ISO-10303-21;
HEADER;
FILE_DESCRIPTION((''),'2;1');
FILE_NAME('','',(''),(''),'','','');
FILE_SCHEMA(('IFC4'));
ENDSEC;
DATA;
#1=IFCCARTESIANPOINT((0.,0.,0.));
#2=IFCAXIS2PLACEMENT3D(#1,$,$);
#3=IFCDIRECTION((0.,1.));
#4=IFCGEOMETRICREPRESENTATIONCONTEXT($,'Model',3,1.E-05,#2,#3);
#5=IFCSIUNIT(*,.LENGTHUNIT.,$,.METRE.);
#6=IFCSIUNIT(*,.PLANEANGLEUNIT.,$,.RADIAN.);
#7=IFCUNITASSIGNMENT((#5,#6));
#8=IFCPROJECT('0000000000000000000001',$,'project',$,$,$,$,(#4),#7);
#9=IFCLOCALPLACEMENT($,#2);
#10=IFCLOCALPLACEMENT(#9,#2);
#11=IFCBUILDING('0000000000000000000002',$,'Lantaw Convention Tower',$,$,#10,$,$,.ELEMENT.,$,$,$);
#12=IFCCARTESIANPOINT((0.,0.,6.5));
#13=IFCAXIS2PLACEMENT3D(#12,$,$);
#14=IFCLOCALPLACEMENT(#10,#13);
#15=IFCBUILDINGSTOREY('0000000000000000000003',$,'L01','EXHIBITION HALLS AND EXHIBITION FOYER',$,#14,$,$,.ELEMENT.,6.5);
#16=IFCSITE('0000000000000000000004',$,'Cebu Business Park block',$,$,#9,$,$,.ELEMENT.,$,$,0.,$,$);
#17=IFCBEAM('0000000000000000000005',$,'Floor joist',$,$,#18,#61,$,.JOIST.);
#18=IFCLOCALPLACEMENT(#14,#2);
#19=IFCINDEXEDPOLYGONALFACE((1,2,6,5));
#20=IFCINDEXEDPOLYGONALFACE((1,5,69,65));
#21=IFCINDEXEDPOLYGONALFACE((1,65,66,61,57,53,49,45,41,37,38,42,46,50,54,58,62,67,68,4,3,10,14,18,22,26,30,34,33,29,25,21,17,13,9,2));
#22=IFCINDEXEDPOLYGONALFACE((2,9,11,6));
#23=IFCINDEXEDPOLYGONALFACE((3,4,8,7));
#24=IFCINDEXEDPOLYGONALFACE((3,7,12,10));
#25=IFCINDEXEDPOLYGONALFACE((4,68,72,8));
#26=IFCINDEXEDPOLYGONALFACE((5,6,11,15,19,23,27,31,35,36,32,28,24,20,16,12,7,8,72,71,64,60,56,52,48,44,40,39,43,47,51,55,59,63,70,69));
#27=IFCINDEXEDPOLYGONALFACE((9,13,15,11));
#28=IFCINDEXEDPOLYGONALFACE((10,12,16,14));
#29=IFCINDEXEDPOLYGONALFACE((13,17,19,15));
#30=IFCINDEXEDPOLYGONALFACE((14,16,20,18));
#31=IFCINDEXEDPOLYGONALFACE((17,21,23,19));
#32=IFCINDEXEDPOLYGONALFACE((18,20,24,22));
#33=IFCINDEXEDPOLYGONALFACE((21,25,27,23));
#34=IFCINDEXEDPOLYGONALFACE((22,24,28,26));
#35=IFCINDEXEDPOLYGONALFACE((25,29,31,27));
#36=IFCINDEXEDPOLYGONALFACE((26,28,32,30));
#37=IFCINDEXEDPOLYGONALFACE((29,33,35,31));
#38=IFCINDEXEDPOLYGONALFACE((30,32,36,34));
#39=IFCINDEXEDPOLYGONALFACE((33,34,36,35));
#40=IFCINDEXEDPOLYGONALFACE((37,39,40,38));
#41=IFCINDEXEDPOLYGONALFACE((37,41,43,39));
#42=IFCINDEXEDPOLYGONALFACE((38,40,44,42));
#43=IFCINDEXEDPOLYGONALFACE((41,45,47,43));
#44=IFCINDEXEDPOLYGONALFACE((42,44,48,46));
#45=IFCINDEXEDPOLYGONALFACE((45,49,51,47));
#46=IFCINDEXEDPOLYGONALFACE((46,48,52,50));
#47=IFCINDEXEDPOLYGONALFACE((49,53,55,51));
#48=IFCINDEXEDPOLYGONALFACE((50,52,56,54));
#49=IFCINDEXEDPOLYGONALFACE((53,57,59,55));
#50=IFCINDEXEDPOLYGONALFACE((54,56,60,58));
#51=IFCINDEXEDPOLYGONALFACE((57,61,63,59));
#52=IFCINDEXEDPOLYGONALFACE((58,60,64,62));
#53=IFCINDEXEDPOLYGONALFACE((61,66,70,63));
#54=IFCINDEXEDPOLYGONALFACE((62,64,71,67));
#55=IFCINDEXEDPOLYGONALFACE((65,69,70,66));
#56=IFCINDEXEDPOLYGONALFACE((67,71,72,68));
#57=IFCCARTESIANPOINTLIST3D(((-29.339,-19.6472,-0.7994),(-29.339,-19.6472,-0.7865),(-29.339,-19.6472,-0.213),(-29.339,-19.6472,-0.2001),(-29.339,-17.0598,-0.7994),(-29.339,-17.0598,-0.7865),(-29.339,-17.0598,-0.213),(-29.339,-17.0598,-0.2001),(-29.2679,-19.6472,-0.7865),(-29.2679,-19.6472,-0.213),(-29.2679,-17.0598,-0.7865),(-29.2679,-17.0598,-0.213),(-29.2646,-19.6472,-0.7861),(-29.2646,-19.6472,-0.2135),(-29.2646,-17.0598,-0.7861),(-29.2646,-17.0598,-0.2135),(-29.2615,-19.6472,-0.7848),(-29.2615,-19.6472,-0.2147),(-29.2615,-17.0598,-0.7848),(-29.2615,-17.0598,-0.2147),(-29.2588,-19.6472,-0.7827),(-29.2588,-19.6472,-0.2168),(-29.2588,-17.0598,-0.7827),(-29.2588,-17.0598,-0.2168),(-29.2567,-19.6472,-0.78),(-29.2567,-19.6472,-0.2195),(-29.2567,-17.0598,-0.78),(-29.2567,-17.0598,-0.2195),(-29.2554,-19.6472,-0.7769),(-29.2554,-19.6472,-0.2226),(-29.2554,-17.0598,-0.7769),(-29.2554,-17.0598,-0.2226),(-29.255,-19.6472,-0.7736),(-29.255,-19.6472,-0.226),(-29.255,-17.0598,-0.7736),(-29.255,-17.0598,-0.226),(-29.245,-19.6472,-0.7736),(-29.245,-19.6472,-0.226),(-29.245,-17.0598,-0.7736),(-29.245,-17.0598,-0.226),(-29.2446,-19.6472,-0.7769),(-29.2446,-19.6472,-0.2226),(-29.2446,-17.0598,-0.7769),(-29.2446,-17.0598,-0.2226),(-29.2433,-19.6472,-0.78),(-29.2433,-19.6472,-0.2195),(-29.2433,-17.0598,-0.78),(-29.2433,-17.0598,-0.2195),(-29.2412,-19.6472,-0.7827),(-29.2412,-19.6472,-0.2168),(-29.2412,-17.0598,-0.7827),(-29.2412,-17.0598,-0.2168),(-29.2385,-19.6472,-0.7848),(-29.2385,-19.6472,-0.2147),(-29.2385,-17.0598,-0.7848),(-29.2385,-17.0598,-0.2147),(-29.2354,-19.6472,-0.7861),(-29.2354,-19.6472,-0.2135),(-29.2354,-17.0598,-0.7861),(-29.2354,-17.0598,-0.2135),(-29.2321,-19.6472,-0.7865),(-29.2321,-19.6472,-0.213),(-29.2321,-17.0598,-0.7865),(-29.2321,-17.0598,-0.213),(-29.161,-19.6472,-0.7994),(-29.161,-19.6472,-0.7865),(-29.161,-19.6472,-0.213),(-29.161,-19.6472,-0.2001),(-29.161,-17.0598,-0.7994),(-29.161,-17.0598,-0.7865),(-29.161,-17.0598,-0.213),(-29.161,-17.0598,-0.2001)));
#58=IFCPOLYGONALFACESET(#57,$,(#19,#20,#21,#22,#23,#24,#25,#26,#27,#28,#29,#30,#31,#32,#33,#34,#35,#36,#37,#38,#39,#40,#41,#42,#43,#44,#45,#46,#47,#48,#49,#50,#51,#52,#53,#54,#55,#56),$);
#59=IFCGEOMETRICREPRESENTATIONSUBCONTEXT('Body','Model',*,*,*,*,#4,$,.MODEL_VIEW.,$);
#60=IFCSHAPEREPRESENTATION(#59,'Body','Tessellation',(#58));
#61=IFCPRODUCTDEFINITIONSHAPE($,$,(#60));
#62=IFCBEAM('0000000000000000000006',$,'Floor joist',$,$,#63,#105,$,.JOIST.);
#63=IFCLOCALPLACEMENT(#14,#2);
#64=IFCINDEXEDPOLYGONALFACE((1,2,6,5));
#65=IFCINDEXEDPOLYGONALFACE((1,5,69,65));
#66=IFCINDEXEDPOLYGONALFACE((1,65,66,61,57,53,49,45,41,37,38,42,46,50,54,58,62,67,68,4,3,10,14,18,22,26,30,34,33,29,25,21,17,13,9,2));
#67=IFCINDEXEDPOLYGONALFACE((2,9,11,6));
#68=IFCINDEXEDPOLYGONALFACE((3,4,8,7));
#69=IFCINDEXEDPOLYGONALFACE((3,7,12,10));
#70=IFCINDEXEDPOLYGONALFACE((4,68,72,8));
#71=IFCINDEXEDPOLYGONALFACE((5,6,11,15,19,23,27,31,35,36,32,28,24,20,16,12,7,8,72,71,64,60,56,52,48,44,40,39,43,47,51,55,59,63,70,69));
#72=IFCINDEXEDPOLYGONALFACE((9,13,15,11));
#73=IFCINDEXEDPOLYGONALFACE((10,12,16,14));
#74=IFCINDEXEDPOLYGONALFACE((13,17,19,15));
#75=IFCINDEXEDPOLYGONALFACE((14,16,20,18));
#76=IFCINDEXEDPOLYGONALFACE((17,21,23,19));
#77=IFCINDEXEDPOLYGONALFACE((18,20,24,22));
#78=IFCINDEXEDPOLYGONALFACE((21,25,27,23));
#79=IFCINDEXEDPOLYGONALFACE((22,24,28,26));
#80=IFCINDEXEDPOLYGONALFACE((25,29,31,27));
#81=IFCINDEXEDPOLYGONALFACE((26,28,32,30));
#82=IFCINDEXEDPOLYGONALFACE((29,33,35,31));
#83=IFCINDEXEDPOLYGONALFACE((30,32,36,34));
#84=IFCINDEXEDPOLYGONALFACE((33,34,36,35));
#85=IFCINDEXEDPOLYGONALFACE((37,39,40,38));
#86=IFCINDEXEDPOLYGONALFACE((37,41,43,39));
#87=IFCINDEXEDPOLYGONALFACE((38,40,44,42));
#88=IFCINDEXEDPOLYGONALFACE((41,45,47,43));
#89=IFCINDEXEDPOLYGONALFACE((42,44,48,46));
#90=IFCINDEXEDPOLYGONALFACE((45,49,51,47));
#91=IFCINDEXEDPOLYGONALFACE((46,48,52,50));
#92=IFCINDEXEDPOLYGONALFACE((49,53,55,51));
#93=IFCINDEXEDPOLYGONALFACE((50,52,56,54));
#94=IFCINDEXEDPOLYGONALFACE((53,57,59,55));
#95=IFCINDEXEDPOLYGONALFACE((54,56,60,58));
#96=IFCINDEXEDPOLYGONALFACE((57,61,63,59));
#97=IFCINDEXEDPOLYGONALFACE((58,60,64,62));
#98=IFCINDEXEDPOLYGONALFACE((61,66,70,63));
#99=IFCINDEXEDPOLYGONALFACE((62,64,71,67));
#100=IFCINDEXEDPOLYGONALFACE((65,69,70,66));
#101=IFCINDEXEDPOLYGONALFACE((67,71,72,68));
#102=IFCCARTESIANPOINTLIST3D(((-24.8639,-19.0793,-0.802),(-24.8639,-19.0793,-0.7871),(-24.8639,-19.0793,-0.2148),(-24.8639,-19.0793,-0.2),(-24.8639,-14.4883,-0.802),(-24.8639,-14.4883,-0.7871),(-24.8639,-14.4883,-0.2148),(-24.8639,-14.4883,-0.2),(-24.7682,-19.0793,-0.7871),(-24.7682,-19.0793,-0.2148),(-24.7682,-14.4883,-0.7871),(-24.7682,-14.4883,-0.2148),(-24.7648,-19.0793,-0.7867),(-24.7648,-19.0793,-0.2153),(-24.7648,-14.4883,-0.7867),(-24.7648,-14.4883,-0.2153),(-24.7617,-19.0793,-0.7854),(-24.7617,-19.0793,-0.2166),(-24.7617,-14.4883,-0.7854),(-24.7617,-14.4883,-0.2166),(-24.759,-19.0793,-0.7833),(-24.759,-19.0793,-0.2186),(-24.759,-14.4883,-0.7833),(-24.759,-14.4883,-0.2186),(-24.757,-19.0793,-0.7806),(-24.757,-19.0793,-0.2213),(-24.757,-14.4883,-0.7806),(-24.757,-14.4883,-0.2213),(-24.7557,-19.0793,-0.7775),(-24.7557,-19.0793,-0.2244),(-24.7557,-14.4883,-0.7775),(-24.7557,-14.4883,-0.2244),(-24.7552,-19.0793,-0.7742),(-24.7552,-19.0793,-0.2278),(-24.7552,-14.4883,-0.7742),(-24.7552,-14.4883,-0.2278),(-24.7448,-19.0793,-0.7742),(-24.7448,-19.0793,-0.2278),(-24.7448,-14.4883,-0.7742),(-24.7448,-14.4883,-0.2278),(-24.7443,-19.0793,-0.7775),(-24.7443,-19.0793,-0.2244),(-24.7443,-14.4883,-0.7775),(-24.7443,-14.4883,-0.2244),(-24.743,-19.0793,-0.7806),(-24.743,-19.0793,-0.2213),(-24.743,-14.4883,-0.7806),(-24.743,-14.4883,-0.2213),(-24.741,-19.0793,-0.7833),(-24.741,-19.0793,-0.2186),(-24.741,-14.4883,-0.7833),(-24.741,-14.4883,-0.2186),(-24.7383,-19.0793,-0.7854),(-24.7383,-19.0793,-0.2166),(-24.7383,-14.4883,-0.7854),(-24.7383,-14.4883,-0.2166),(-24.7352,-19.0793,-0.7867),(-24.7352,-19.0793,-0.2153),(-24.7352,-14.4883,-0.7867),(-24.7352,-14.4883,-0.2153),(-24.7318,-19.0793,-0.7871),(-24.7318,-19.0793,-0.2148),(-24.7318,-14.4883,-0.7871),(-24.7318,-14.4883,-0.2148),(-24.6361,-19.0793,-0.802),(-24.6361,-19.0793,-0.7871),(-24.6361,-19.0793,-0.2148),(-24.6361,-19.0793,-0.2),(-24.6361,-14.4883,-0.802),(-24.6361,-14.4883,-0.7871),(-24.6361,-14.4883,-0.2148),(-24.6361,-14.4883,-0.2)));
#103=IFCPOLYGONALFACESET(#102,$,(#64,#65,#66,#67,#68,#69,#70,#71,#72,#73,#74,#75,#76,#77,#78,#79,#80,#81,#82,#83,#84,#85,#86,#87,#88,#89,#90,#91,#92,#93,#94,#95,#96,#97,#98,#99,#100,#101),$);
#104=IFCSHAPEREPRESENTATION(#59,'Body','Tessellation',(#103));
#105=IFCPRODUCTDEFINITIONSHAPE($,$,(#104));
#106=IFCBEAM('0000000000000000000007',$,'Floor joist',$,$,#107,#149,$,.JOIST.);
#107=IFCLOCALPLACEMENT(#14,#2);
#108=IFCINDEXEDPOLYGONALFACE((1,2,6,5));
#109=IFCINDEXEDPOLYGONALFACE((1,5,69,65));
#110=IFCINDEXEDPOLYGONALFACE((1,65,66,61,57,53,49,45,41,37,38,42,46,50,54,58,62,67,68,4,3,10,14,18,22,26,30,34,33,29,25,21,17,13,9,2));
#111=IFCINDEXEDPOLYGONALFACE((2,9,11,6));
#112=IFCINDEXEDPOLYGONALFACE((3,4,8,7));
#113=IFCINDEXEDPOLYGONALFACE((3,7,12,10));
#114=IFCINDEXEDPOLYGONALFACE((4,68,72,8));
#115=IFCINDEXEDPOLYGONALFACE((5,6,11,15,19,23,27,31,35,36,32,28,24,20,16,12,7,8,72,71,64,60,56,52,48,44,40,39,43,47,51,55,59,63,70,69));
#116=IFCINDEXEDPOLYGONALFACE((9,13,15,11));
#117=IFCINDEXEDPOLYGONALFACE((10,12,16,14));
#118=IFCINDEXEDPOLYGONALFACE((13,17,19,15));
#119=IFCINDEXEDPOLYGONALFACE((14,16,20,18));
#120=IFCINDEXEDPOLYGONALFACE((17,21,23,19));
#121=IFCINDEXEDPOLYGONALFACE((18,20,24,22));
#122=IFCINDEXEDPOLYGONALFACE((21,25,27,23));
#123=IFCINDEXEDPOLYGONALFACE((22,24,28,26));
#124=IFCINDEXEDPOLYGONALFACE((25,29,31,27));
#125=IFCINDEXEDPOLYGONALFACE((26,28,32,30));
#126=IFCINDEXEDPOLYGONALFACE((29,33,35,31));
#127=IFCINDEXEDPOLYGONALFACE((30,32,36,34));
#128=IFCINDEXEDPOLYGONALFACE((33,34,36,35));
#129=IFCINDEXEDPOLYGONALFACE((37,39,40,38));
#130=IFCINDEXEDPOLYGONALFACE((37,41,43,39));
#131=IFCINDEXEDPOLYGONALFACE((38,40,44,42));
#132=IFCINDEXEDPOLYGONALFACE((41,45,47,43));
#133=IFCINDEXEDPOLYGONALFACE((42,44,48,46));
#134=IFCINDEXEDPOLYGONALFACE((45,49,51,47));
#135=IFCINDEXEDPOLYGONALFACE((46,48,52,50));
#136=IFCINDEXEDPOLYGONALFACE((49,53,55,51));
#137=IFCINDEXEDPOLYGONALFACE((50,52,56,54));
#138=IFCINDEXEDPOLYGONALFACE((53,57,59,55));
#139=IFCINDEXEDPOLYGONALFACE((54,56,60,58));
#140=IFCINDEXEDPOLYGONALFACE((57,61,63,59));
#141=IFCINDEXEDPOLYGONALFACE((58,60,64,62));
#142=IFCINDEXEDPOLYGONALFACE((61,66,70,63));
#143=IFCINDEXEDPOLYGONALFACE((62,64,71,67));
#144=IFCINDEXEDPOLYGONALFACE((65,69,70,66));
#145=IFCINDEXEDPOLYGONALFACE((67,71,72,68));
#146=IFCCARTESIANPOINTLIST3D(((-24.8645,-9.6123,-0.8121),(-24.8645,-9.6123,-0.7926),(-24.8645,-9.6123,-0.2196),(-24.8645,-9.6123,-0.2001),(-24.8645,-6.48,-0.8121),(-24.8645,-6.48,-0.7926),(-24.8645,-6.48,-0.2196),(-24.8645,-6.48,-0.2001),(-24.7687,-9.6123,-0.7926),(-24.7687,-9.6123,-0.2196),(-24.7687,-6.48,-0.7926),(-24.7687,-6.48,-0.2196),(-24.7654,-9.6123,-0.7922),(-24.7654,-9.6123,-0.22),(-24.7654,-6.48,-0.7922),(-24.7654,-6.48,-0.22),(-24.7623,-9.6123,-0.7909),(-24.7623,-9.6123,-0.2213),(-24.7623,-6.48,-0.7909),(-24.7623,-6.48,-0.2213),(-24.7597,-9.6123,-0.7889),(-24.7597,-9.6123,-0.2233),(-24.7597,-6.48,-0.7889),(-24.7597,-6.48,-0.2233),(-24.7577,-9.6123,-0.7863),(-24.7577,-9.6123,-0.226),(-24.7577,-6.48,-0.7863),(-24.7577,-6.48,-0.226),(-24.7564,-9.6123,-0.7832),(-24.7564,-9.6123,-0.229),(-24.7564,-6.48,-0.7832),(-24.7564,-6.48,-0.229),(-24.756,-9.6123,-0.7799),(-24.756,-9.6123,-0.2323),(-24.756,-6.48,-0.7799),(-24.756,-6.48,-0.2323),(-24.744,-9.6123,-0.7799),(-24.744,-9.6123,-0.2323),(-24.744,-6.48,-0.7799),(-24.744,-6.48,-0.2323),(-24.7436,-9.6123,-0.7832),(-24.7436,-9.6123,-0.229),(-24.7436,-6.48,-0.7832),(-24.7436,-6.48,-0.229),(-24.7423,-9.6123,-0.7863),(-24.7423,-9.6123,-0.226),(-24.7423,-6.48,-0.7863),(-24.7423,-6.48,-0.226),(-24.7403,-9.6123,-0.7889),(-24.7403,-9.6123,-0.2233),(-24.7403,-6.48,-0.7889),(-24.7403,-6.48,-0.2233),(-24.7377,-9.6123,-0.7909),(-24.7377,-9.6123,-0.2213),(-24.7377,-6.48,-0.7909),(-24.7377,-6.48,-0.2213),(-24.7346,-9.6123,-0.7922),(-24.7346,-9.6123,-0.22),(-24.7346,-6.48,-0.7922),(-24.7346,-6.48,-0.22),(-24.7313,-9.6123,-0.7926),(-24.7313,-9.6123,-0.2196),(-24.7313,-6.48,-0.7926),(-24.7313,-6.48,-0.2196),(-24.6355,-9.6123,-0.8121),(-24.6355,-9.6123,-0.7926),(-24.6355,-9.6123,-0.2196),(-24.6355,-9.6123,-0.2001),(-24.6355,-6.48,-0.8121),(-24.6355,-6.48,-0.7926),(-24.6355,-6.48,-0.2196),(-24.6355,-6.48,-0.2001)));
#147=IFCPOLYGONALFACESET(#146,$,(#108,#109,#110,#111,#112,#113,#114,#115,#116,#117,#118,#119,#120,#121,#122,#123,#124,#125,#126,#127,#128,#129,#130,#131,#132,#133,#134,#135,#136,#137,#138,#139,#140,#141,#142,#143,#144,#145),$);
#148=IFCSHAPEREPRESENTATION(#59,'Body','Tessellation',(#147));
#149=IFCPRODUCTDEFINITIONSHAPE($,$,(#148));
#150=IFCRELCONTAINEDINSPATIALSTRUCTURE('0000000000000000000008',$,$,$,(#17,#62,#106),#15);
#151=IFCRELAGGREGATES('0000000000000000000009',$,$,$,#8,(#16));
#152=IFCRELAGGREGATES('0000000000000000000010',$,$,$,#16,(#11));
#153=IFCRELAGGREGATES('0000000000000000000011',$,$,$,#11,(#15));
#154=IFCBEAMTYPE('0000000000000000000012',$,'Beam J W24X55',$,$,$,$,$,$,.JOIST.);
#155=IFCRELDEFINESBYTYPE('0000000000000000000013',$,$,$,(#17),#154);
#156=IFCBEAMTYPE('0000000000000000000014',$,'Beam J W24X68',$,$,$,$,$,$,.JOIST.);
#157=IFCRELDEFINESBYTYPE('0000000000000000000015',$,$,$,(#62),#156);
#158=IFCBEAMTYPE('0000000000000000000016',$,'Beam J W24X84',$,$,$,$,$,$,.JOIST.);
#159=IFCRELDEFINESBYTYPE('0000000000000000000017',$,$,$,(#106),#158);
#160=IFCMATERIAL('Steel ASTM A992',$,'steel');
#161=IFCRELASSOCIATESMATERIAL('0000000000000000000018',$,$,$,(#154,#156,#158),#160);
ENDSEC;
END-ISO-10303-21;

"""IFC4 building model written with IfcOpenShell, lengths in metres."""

from ifc_helpers import new_model, si_unit, direction, frame, origin, origin_2d, place, context, subcontext, project, spatial, i_section, extrude, material, material_profile, profile_set, type_object, element, save


model = new_model("IFC4")

# Units and contexts
model_context = context("Model", 3, precision=1e-05, world=origin(), true_north=direction((0.0, 1.0)))
body_context = subcontext(model_context, "Body", "Model", "MODEL_VIEW")
ifc_project = project(units=[si_unit("LENGTHUNIT", "METRE"), si_unit("PLANEANGLEUNIT", "RADIAN")], contexts=[model_context])

# Site, building, storey
site_placement = place(None, origin())
site = spatial("IfcSite", under=ifc_project, at=site_placement, Name="Cebu Business Park block", CompositionType="ELEMENT", RefElevation=0.0)
building_placement = place(site_placement, origin())
building = spatial("IfcBuilding", under=site, at=building_placement, Name="Lantaw Convention Tower", CompositionType="ELEMENT")
storey_placement = place(building_placement, frame((0.0, 0.0, 6.5)))
storey = spatial("IfcBuildingStorey", under=building, at=storey_placement, Name="L01", Description="EXHIBITION HALLS AND EXHIBITION FOYER", CompositionType="ELEMENT", Elevation=6.5)

# Beams
ifc_material_1 = material(Name="Steel ASTM A992", Category="steel")
ifc_material_profile_1 = material_profile(ifc_material_1, i_section(OverallWidth=0.178, OverallDepth=0.5994, WebThickness=0.01, FlangeThickness=0.0129, FilletRadius=0.0129, at=origin_2d()), Name="W24X55")
ifc_profile_set_1 = profile_set([ifc_material_profile_1], Name="Steel ASTM A992")
beam_type_1 = type_object("IfcBeamType", Name="Beam J W24X55", PredefinedType="JOIST", material=ifc_profile_set_1)
beam_1_placement = place(storey_placement, frame((-29.25, -19.6472, -0.4998), z_axis=(0.0, 1.0, 0.0), x_axis=(-1.0, 0.0, 0.0)))
element("IfcBeam", 1, at=beam_1_placement, inside=storey, type_object=beam_type_1, Name="Floor joist", PredefinedType="JOIST", context=body_context, shape_type="SweptSolid", body=[
    extrude(i_section(OverallWidth=0.178, OverallDepth=0.5994, WebThickness=0.01, FlangeThickness=0.0129, FilletRadius=0.0129, at=origin_2d()), origin(), (0.0, 0.0, 1.0), 2.5874),
])
ifc_material_profile_2 = material_profile(ifc_material_1, i_section(OverallWidth=0.2278, OverallDepth=0.6021, WebThickness=0.0105, FlangeThickness=0.0149, FilletRadius=0.0129, at=origin_2d()), Name="W24X68")
ifc_profile_set_2 = profile_set([ifc_material_profile_2], Name="Steel ASTM A992")
beam_type_2 = type_object("IfcBeamType", Name="Beam J W24X68", PredefinedType="JOIST", material=ifc_profile_set_2)
beam_2_placement = place(storey_placement, frame((-24.75, -19.0793, -0.501), z_axis=(0.0, 1.0, 0.0), x_axis=(-1.0, 0.0, 0.0)))
element("IfcBeam", 2, at=beam_2_placement, inside=storey, type_object=beam_type_2, Name="Floor joist", PredefinedType="JOIST", context=body_context, shape_type="SweptSolid", body=[
    extrude(i_section(OverallWidth=0.2278, OverallDepth=0.6021, WebThickness=0.0105, FlangeThickness=0.0149, FilletRadius=0.0129, at=origin_2d()), origin(), (0.0, 0.0, 1.0), 4.5911),
])
ifc_material_profile_3 = material_profile(ifc_material_1, i_section(OverallWidth=0.229, OverallDepth=0.6121, WebThickness=0.012, FlangeThickness=0.0195, FilletRadius=0.0127, at=origin_2d()), Name="W24X84")
ifc_profile_set_3 = profile_set([ifc_material_profile_3], Name="Steel ASTM A992")
beam_type_3 = type_object("IfcBeamType", Name="Beam J W24X84", PredefinedType="JOIST", material=ifc_profile_set_3)
beam_3_placement = place(storey_placement, frame((-24.75, -9.6123, -0.5061), z_axis=(0.0, 1.0, 0.0), x_axis=(-1.0, 0.0, 0.0)))
element("IfcBeam", 3, at=beam_3_placement, inside=storey, type_object=beam_type_3, Name="Floor joist", PredefinedType="JOIST", context=body_context, shape_type="SweptSolid", body=[
    extrude(i_section(OverallWidth=0.229, OverallDepth=0.6121, WebThickness=0.012, FlangeThickness=0.0195, FilletRadius=0.0127, at=origin_2d()), origin(), (0.0, 0.0, 1.0), 3.1323),
])

save(model, "model.ifc")
